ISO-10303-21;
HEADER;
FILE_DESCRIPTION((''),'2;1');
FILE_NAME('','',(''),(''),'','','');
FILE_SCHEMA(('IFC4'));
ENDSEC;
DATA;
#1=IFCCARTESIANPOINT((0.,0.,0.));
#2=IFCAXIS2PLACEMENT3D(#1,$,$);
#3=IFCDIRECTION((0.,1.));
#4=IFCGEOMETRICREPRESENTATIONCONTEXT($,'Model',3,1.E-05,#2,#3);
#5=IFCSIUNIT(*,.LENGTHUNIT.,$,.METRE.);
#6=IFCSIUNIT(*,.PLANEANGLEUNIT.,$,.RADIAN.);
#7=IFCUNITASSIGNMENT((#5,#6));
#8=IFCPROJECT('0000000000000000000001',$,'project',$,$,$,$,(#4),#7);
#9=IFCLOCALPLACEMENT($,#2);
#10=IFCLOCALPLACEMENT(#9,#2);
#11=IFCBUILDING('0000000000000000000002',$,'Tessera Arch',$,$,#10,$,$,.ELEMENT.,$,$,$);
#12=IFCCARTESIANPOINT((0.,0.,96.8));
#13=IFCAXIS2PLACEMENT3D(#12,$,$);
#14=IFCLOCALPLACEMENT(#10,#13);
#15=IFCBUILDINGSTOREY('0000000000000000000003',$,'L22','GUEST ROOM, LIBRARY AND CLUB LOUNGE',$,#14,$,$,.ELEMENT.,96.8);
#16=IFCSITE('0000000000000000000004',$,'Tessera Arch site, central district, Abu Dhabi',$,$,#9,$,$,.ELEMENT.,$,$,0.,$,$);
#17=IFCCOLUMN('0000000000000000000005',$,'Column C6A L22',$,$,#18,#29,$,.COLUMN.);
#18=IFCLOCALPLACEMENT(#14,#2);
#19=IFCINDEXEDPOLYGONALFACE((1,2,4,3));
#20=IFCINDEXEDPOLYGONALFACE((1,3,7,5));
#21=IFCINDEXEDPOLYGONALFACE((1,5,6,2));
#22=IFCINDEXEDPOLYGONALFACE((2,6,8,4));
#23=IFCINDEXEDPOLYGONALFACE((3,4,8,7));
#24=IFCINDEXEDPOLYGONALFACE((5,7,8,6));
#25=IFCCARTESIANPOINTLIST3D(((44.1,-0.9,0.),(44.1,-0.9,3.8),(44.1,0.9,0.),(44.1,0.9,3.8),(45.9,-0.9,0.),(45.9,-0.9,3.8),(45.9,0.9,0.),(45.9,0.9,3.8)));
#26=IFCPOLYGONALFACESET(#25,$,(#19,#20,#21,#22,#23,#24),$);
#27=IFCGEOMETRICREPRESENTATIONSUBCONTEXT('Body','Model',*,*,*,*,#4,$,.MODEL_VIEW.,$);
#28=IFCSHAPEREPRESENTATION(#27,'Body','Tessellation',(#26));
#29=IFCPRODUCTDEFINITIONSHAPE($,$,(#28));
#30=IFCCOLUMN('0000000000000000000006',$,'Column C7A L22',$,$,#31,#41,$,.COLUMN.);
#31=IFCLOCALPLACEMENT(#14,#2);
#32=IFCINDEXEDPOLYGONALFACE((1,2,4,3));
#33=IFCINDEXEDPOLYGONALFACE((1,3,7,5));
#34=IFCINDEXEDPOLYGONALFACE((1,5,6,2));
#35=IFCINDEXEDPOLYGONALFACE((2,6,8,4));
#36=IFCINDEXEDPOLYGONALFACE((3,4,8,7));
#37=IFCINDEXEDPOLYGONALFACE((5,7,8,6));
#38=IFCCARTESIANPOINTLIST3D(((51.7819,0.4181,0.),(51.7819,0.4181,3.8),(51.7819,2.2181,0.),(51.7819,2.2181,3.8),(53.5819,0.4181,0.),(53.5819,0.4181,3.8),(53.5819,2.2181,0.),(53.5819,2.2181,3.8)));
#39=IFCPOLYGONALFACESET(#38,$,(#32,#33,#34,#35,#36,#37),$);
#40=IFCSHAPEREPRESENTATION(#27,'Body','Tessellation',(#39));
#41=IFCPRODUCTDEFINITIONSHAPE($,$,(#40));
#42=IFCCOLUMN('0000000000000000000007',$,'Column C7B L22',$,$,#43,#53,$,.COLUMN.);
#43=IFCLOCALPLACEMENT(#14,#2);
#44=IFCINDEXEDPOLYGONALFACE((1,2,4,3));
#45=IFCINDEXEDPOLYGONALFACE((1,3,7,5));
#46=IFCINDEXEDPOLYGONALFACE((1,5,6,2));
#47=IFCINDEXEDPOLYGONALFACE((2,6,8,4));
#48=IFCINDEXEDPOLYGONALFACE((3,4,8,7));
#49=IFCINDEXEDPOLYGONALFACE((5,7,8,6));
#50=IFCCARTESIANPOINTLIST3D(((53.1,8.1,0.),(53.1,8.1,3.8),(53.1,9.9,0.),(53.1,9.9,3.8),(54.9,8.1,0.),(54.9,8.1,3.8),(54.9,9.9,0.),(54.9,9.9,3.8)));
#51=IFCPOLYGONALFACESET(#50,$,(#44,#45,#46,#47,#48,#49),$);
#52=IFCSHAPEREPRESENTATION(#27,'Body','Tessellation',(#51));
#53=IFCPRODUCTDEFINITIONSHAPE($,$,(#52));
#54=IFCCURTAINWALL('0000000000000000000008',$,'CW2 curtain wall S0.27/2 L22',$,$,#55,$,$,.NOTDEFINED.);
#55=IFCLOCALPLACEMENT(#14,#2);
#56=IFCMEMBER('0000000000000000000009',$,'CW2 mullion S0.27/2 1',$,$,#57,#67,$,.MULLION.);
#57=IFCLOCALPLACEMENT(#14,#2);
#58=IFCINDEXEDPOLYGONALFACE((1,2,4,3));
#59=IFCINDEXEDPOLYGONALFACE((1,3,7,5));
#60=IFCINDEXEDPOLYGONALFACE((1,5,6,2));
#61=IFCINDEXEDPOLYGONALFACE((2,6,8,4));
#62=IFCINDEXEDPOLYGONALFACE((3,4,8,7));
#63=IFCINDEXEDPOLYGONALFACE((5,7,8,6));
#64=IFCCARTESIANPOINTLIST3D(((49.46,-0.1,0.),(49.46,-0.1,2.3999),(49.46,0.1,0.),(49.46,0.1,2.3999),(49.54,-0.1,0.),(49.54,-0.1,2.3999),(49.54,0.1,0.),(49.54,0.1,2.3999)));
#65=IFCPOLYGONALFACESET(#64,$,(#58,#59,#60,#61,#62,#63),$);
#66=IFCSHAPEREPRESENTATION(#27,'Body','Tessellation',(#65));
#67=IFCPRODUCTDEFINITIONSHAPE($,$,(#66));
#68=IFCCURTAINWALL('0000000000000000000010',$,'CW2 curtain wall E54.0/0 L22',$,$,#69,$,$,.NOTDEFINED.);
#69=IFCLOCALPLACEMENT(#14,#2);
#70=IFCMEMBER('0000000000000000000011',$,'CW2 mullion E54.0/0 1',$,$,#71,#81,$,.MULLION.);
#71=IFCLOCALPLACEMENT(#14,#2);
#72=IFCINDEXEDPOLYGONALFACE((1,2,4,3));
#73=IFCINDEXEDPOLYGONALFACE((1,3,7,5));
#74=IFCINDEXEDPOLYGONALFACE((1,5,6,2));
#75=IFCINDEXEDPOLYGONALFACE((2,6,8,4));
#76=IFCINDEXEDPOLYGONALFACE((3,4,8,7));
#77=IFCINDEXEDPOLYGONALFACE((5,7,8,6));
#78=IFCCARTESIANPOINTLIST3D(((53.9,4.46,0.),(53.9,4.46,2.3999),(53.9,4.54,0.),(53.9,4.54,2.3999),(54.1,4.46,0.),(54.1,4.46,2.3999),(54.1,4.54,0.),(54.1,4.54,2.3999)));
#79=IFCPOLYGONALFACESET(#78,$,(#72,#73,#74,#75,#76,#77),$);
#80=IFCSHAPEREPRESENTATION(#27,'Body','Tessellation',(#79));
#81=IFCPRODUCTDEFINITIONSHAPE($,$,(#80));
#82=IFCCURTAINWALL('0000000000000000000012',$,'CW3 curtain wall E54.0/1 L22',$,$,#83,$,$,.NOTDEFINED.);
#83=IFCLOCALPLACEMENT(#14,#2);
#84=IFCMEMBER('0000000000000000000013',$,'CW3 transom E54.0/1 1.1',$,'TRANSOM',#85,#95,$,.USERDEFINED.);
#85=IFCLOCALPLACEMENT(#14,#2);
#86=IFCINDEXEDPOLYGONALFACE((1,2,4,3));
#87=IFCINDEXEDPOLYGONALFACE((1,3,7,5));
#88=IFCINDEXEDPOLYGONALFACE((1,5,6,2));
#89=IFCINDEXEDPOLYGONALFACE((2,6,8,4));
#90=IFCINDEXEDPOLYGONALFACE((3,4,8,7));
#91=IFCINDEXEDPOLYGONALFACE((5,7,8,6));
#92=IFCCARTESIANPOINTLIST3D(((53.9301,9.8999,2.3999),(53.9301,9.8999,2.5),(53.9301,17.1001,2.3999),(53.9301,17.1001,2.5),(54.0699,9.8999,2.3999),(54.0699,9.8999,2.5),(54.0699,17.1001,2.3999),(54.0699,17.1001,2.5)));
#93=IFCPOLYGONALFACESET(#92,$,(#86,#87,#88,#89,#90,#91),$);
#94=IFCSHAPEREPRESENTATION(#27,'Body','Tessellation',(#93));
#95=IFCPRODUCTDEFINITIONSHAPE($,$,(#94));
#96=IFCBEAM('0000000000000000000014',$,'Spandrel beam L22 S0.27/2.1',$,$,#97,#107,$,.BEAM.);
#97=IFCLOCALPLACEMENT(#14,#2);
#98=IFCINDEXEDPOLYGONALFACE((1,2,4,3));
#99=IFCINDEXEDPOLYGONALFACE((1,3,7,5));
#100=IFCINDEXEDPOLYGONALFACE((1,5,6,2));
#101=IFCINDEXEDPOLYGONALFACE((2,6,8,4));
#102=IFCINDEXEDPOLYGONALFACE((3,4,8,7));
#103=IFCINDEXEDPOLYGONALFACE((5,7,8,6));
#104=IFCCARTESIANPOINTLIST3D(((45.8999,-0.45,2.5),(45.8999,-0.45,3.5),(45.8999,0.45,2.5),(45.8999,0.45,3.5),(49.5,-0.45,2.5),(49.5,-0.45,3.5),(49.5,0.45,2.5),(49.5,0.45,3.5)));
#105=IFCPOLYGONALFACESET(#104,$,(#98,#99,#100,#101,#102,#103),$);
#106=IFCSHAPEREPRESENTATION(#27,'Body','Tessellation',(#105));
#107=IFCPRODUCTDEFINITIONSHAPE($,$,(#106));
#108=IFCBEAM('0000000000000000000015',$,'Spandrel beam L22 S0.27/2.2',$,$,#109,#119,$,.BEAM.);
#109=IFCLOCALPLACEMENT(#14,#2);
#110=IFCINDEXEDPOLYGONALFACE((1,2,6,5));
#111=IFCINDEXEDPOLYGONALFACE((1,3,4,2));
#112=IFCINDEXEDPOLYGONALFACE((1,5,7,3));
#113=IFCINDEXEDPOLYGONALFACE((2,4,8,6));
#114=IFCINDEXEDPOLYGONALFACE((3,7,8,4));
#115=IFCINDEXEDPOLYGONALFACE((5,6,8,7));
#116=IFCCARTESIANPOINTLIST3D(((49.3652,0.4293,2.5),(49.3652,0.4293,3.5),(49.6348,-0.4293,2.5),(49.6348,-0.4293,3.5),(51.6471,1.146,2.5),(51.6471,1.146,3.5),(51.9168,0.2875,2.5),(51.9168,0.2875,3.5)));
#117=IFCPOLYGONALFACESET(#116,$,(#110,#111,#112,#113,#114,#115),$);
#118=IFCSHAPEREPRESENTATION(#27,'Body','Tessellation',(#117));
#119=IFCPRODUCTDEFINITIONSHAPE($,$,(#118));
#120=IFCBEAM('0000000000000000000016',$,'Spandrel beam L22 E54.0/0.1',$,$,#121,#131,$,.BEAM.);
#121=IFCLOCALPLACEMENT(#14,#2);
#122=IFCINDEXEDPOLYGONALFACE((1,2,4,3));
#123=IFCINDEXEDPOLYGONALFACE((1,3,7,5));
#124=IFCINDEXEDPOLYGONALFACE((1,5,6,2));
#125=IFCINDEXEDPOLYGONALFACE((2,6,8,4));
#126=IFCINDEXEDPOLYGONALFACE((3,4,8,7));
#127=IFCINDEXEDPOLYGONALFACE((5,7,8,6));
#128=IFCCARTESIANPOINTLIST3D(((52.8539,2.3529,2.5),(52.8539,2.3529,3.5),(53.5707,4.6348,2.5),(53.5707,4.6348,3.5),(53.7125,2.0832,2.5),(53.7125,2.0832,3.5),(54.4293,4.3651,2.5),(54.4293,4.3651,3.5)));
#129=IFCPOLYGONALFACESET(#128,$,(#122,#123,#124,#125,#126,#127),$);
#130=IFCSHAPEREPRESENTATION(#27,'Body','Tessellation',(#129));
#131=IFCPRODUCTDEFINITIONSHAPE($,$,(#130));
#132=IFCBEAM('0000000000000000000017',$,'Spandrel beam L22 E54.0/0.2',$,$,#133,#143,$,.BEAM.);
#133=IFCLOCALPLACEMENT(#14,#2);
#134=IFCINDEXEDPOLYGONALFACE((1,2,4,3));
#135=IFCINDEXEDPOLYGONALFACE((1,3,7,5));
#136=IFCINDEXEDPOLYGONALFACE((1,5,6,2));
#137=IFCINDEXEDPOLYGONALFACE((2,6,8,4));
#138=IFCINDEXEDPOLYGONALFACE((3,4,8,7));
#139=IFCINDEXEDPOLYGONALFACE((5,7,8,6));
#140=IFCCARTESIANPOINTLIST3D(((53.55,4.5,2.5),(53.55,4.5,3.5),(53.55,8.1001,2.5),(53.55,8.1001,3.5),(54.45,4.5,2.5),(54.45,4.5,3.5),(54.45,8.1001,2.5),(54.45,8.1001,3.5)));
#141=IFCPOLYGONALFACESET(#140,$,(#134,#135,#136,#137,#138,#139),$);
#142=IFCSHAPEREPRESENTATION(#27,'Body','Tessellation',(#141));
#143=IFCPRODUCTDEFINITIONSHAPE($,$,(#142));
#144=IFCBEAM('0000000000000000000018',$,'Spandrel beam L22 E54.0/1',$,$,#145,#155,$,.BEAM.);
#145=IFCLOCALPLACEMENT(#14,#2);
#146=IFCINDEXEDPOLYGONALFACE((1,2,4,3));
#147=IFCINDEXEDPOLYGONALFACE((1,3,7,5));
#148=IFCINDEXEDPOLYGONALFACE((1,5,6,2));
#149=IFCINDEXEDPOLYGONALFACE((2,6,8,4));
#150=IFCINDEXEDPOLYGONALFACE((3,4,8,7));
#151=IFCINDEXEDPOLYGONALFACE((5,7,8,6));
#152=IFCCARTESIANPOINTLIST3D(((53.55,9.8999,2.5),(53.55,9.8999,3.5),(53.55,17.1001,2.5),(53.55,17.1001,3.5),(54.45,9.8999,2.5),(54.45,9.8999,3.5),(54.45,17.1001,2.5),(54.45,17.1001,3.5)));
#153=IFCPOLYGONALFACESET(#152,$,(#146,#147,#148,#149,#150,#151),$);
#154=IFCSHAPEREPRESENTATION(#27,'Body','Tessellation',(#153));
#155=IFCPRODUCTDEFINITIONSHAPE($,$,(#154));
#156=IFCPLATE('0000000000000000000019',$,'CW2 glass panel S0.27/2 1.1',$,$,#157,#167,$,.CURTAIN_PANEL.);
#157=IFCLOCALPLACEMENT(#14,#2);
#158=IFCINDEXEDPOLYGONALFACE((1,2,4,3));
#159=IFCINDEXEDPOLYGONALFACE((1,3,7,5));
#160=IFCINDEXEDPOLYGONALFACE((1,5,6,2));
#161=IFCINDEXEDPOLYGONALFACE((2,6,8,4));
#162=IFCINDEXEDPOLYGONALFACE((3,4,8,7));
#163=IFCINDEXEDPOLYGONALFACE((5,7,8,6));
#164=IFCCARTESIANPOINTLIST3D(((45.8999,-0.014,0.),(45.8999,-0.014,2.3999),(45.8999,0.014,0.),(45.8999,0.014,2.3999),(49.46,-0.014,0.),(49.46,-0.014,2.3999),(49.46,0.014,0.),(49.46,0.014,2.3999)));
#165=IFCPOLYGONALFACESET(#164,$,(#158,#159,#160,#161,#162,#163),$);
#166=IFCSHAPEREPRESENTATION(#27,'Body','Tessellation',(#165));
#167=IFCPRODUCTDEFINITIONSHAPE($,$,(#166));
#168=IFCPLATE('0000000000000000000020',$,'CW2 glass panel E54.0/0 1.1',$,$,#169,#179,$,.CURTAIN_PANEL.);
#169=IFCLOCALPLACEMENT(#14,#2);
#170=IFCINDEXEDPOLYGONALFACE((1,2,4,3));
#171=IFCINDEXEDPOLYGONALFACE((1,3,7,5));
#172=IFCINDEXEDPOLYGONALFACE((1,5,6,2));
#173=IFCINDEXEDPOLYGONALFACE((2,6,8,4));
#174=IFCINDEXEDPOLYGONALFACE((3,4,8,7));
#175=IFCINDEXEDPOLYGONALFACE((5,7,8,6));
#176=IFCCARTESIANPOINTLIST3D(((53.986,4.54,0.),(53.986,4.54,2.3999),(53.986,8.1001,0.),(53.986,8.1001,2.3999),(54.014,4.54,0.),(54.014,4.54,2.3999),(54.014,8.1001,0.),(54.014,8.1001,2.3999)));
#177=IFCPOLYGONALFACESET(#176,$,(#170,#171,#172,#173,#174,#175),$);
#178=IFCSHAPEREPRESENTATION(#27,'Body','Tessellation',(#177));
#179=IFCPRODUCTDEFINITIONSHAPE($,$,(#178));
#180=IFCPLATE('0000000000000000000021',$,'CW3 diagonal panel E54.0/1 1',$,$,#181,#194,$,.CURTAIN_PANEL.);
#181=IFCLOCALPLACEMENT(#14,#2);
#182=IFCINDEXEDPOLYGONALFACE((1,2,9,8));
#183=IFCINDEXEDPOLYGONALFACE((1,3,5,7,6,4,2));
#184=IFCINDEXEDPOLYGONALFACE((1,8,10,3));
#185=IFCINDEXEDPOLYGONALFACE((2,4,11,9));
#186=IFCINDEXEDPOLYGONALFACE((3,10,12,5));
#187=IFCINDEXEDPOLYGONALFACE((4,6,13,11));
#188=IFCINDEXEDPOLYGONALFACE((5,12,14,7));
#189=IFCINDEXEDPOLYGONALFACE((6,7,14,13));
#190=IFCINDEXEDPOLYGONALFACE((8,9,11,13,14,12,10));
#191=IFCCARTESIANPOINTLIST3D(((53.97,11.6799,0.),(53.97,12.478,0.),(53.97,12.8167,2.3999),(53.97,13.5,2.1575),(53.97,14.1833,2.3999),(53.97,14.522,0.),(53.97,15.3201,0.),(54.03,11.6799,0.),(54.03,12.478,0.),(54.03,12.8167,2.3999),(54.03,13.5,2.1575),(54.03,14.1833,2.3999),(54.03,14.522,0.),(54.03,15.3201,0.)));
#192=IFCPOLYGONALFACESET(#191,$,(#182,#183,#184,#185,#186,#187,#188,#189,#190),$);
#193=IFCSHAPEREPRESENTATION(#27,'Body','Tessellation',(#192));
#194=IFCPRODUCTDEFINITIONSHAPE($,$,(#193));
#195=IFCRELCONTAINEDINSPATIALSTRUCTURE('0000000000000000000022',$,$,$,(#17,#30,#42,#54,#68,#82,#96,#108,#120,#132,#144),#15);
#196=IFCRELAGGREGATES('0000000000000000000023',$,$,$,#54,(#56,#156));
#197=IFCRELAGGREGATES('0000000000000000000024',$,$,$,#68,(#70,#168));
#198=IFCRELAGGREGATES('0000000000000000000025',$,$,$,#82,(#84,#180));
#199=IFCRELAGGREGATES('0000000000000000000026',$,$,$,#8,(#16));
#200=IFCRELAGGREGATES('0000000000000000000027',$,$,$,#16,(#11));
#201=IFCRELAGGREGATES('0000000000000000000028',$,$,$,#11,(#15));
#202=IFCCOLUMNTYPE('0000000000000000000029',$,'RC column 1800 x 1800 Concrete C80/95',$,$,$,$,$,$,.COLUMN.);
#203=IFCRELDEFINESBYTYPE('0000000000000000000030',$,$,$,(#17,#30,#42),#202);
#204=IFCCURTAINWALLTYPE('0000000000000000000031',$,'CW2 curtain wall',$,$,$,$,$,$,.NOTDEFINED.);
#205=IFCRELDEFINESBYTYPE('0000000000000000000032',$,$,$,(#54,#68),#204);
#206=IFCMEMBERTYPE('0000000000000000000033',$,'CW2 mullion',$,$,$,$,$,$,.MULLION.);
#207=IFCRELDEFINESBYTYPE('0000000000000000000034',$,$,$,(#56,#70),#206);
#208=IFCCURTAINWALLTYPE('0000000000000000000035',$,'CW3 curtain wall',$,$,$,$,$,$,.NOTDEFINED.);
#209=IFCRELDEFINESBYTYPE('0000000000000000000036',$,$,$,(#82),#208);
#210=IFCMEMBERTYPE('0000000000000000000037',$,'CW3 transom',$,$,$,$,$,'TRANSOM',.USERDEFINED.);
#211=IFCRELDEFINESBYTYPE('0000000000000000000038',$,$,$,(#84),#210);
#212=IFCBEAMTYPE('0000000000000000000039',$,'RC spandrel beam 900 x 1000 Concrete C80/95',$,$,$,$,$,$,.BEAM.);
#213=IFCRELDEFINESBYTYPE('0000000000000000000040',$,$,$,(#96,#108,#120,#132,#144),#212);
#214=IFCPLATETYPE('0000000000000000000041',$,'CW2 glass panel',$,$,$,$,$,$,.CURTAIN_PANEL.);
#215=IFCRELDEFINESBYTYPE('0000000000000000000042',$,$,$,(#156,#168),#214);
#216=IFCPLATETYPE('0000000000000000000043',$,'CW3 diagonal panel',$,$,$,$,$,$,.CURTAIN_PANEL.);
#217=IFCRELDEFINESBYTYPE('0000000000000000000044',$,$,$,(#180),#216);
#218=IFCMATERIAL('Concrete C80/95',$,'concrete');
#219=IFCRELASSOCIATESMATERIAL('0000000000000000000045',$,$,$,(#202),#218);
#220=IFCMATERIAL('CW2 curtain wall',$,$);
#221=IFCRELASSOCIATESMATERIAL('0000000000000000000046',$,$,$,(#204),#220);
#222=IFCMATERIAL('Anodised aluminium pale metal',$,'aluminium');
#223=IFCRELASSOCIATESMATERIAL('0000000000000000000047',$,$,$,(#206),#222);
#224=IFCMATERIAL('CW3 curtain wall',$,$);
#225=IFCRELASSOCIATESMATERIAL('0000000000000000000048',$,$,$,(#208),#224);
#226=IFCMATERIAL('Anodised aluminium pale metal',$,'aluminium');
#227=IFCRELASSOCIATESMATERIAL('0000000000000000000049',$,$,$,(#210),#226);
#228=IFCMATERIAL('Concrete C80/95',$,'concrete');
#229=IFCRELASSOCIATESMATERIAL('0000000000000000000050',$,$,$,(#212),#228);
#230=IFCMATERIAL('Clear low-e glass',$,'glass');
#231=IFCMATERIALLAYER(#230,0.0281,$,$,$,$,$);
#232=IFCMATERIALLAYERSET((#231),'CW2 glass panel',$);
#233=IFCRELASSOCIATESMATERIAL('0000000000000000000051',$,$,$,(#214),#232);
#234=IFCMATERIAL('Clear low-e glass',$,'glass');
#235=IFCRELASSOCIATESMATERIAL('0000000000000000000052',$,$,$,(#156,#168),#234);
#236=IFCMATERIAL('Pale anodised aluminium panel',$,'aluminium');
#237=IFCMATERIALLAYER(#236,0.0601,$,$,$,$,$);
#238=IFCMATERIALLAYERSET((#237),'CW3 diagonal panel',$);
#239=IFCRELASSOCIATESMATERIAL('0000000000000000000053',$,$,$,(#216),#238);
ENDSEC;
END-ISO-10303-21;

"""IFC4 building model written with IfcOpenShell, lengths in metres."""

from ifc_helpers import new_model, si_unit, direction, frame, origin, origin_2d, place, context, subcontext, project, spatial, polyline, rectangle, outline, extrude, material, layer, layer_set, material_profile, profile_set, type_object, element, aggregate, save


model = new_model("IFC4")

# Units and contexts
model_context = context("Model", 3, precision=1e-05, world=origin(), true_north=direction((0.0, 1.0)))
body_context = subcontext(model_context, "Body", "Model", "MODEL_VIEW")
ifc_project = project(units=[si_unit("LENGTHUNIT", "METRE"), si_unit("PLANEANGLEUNIT", "RADIAN")], contexts=[model_context])

# Site, building, storey
site_placement = place(None, origin())
site = spatial("IfcSite", under=ifc_project, at=site_placement, Name="Tessera Arch site, central district, Abu Dhabi", CompositionType="ELEMENT", RefElevation=0.0)
building_placement = place(site_placement, origin())
building = spatial("IfcBuilding", under=site, at=building_placement, Name="Tessera Arch", CompositionType="ELEMENT")
storey_placement = place(building_placement, frame((0.0, 0.0, 96.8)))
storey = spatial("IfcBuildingStorey", under=building, at=storey_placement, Name="L22", Description="GUEST ROOM, LIBRARY AND CLUB LOUNGE", CompositionType="ELEMENT", Elevation=96.8)

# Columns
ifc_material_1 = material(Name="Concrete C80/95", Category="concrete")
ifc_material_profile_1 = material_profile(ifc_material_1, rectangle(XDim=1.8, YDim=1.8, at=origin_2d()), Name="RC column 1800 x 1800 Concrete C80/95")
ifc_profile_set_1 = profile_set([ifc_material_profile_1], Name="Concrete C80/95")
column_type = type_object("IfcColumnType", Name="RC column 1800 x 1800 Concrete C80/95", PredefinedType="COLUMN", material=ifc_profile_set_1)
for number, where, z_axis, x_axis, name in (
    (1, (45.0, 0.0, 0.0), (0.0, 0.0, 1.0), (1.0, 0.0, 0.0), "Column C6A L22"),
    (2, (52.6819, 1.3181, 0.0), (0.0, 0.0, 1.0), (1.0, 0.0, 0.0), "Column C7A L22"),
    (3, (54.0, 9.0, 0.0), (0.0, 0.0, 1.0), (1.0, 0.0, 0.0), "Column C7B L22"),
):
    element("IfcColumn", number, at=place(storey_placement, frame(where, z_axis=z_axis, x_axis=x_axis)), inside=storey, type_object=column_type, Name=name, PredefinedType="COLUMN", context=body_context, shape_type="SweptSolid", body=[
        extrude(rectangle(XDim=1.8, YDim=1.8, at=origin_2d()), origin(), (0.0, 0.0, 1.0), 3.8),
    ])

# Curtain walls, members
ifc_material_2 = material(Name="CW2 curtain wall")
curtain_wall_type_1 = type_object("IfcCurtainWallType", Name="CW2 curtain wall", PredefinedType="NOTDEFINED", material=ifc_material_2)
curtain_wall_1_placement = place(storey_placement, origin())
curtain_wall_1 = element("IfcCurtainWall", 4, at=curtain_wall_1_placement, inside=storey, type_object=curtain_wall_type_1, Name="CW2 curtain wall S0.27/2 L22", PredefinedType="NOTDEFINED")
ifc_material_3 = material(Name="Anodised aluminium pale metal", Category="aluminium")
ifc_material_profile_2 = material_profile(ifc_material_3, rectangle(XDim=0.2, YDim=0.0801, at=origin_2d()), Name="AL 80x200")
ifc_profile_set_2 = profile_set([ifc_material_profile_2], Name="Anodised aluminium pale metal")
member_type_1 = type_object("IfcMemberType", Name="CW2 mullion", PredefinedType="MULLION", material=ifc_profile_set_2)
member_1_placement = place(storey_placement, frame((49.5, 0.0, 0.0), z_axis=(0.0, 0.0, 1.0), x_axis=(0.0, 1.0, 0.0)))
member_1 = element("IfcMember", 5, at=member_1_placement, type_object=member_type_1, Name="CW2 mullion S0.27/2 1", PredefinedType="MULLION", context=body_context, shape_type="SweptSolid", body=[
    extrude(rectangle(XDim=0.2, YDim=0.0801, at=origin_2d()), origin(), (0.0, 0.0, 1.0), 2.3999),
])
curtain_wall_2_placement = place(storey_placement, origin())
curtain_wall_2 = element("IfcCurtainWall", 6, at=curtain_wall_2_placement, inside=storey, type_object=curtain_wall_type_1, Name="CW2 curtain wall E54.0/0 L22", PredefinedType="NOTDEFINED")
member_2_placement = place(storey_placement, frame((54.0, 4.5, 0.0), z_axis=(0.0, 0.0, 1.0), x_axis=(-1.0, 0.0, 0.0)))
member_2 = element("IfcMember", 7, at=member_2_placement, type_object=member_type_1, Name="CW2 mullion E54.0/0 1", PredefinedType="MULLION", context=body_context, shape_type="SweptSolid", body=[
    extrude(rectangle(XDim=0.2, YDim=0.0801, at=origin_2d()), origin(), (0.0, 0.0, 1.0), 2.3999),
])
ifc_material_4 = material(Name="CW3 curtain wall")
curtain_wall_type_2 = type_object("IfcCurtainWallType", Name="CW3 curtain wall", PredefinedType="NOTDEFINED", material=ifc_material_4)
curtain_wall_3_placement = place(storey_placement, origin())
curtain_wall_3 = element("IfcCurtainWall", 8, at=curtain_wall_3_placement, inside=storey, type_object=curtain_wall_type_2, Name="CW3 curtain wall E54.0/1 L22", PredefinedType="NOTDEFINED")
ifc_material_5 = material(Name="Anodised aluminium pale metal", Category="aluminium")
ifc_material_profile_3 = material_profile(ifc_material_5, rectangle(XDim=0.1399, YDim=0.1001, at=origin_2d()), Name="AL 140x100")
ifc_profile_set_3 = profile_set([ifc_material_profile_3], Name="Anodised aluminium pale metal")
member_type_2 = type_object("IfcMemberType", Name="CW3 transom", ElementType="TRANSOM", PredefinedType="USERDEFINED", material=ifc_profile_set_3)
member_3_placement = place(storey_placement, frame((54.0, 9.8999, 2.45), z_axis=(0.0, 1.0, 0.0), x_axis=(-1.0, 0.0, 0.0)))
member_3 = element("IfcMember", 9, at=member_3_placement, type_object=member_type_2, Name="CW3 transom E54.0/1 1.1", ObjectType="TRANSOM", PredefinedType="USERDEFINED", context=body_context, shape_type="SweptSolid", body=[
    extrude(rectangle(XDim=0.1399, YDim=0.1001, at=origin_2d()), origin(), (0.0, 0.0, 1.0), 7.2002),
])

# Beams
ifc_material_6 = material(Name="Concrete C80/95", Category="concrete")
ifc_material_profile_4 = material_profile(ifc_material_6, rectangle(XDim=0.8999, YDim=1.0, at=origin_2d()), Name="RC spandrel beam 900 x 1000 Concrete C80/95")
ifc_profile_set_4 = profile_set([ifc_material_profile_4], Name="Concrete C80/95")
beam_type = type_object("IfcBeamType", Name="RC spandrel beam 900 x 1000 Concrete C80/95", PredefinedType="BEAM", material=ifc_profile_set_4)
beam_1_placement = place(storey_placement, frame((45.8999, 0.0, 3.0), z_axis=(1.0, 0.0, 0.0), x_axis=(0.0, 1.0, 0.0)))
element("IfcBeam", 10, at=beam_1_placement, inside=storey, type_object=beam_type, Name="Spandrel beam L22 S0.27/2.1", PredefinedType="BEAM", context=body_context, shape_type="SweptSolid", body=[
    extrude(rectangle(XDim=0.8999, YDim=1.0, at=origin_2d()), origin(), (0.0, 0.0, 1.0), 3.6001),
])
for number, where, z_axis, x_axis, name in (
    (11, (49.5, 0.0, 3.0), (0.954041, 0.299675, 0.0), (-0.299675, 0.954041, 0.0), "Spandrel beam L22 S0.27/2.2"),
    (12, (53.2832, 2.218, 3.0), (0.299675, 0.954041, 0.0), (-0.954041, 0.299675, 0.0), "Spandrel beam L22 E54.0/0.1"),
):
    element("IfcBeam", number, at=place(storey_placement, frame(where, z_axis=z_axis, x_axis=x_axis)), inside=storey, type_object=beam_type, Name=name, PredefinedType="BEAM", context=body_context, shape_type="SweptSolid", body=[
        extrude(rectangle(XDim=0.8999, YDim=1.0, at=origin_2d()), origin(), (0.0, 0.0, 1.0), 2.3918),
    ])
beam_2_placement = place(storey_placement, frame((54.0, 4.5, 3.0), z_axis=(0.0, 1.0, 0.0), x_axis=(-1.0, 0.0, 0.0)))
element("IfcBeam", 13, at=beam_2_placement, inside=storey, type_object=beam_type, Name="Spandrel beam L22 E54.0/0.2", PredefinedType="BEAM", context=body_context, shape_type="SweptSolid", body=[
    extrude(rectangle(XDim=0.8999, YDim=1.0, at=origin_2d()), origin(), (0.0, 0.0, 1.0), 3.6001),
])
beam_3_placement = place(storey_placement, frame((54.0, 9.8999, 3.0), z_axis=(0.0, 1.0, 0.0), x_axis=(-1.0, 0.0, 0.0)))
element("IfcBeam", 14, at=beam_3_placement, inside=storey, type_object=beam_type, Name="Spandrel beam L22 E54.0/1", PredefinedType="BEAM", context=body_context, shape_type="SweptSolid", body=[
    extrude(rectangle(XDim=0.8999, YDim=1.0, at=origin_2d()), origin(), (0.0, 0.0, 1.0), 7.2002),
])

# Plates
ifc_material_7 = material(Name="Clear low-e glass", Category="glass")
ifc_material_8 = material(Name="Clear low-e glass", Category="glass")
ifc_layer_1 = layer(ifc_material_8, 0.0281)
ifc_layer_set_1 = layer_set([ifc_layer_1], Name="CW2 glass panel")
plate_type_1 = type_object("IfcPlateType", Name="CW2 glass panel", PredefinedType="CURTAIN_PANEL", material=ifc_layer_set_1)
plate_1_placement = place(storey_placement, frame((47.6799, 0.0, 0.0), z_axis=(0.0, 0.0, 1.0), x_axis=(1.0, 0.0, 0.0)))
plate_1 = element("IfcPlate", 15, at=plate_1_placement, type_object=plate_type_1, material=ifc_material_7, Name="CW2 glass panel S0.27/2 1.1", PredefinedType="CURTAIN_PANEL", context=body_context, shape_type="SweptSolid", body=[
    extrude(rectangle(XDim=3.5601, YDim=0.0281, at=origin_2d()), origin(), (0.0, 0.0, 1.0), 2.3999),
])
aggregate(curtain_wall_1, [member_1, plate_1])
plate_2_placement = place(storey_placement, frame((54.0, 6.3201, 0.0), z_axis=(0.0, 0.0, 1.0), x_axis=(0.0, 1.0, 0.0)))
plate_2 = element("IfcPlate", 16, at=plate_2_placement, type_object=plate_type_1, material=ifc_material_7, Name="CW2 glass panel E54.0/0 1.1", PredefinedType="CURTAIN_PANEL", context=body_context, shape_type="SweptSolid", body=[
    extrude(rectangle(XDim=3.5601, YDim=0.0281, at=origin_2d()), origin(), (0.0, 0.0, 1.0), 2.3999),
])
aggregate(curtain_wall_2, [member_2, plate_2])
ifc_material_9 = material(Name="Pale anodised aluminium panel", Category="aluminium")
ifc_layer_2 = layer(ifc_material_9, 0.0601)
ifc_layer_set_2 = layer_set([ifc_layer_2], Name="CW3 diagonal panel")
plate_type_2 = type_object("IfcPlateType", Name="CW3 diagonal panel", PredefinedType="CURTAIN_PANEL", material=ifc_layer_set_2)
plate_3_placement = place(storey_placement, frame((54.03, 14.1833, 2.3999), z_axis=(1.0, 0.0, 0.0), x_axis=(0.0, -1.0, 0.0)))
plate_3 = element("IfcPlate", 17, at=plate_3_placement, type_object=plate_type_2, Name="CW3 diagonal panel E54.0/1 1", PredefinedType="CURTAIN_PANEL", context=body_context, shape_type="SweptSolid", body=[
    extrude(outline(polyline([(0.0, 0.0), (1.3667, 0.0), (2.5034, 2.3999), (1.7053, 2.3999), (0.6833, 0.2424), (-0.3386, 2.3999), (-1.1367, 2.3999), (0.0, 0.0)])), origin(), (0.0, 0.0, -1.0), 0.0601),
])

aggregate(curtain_wall_3, [member_3, plate_3])

save(model, "model.ifc")
